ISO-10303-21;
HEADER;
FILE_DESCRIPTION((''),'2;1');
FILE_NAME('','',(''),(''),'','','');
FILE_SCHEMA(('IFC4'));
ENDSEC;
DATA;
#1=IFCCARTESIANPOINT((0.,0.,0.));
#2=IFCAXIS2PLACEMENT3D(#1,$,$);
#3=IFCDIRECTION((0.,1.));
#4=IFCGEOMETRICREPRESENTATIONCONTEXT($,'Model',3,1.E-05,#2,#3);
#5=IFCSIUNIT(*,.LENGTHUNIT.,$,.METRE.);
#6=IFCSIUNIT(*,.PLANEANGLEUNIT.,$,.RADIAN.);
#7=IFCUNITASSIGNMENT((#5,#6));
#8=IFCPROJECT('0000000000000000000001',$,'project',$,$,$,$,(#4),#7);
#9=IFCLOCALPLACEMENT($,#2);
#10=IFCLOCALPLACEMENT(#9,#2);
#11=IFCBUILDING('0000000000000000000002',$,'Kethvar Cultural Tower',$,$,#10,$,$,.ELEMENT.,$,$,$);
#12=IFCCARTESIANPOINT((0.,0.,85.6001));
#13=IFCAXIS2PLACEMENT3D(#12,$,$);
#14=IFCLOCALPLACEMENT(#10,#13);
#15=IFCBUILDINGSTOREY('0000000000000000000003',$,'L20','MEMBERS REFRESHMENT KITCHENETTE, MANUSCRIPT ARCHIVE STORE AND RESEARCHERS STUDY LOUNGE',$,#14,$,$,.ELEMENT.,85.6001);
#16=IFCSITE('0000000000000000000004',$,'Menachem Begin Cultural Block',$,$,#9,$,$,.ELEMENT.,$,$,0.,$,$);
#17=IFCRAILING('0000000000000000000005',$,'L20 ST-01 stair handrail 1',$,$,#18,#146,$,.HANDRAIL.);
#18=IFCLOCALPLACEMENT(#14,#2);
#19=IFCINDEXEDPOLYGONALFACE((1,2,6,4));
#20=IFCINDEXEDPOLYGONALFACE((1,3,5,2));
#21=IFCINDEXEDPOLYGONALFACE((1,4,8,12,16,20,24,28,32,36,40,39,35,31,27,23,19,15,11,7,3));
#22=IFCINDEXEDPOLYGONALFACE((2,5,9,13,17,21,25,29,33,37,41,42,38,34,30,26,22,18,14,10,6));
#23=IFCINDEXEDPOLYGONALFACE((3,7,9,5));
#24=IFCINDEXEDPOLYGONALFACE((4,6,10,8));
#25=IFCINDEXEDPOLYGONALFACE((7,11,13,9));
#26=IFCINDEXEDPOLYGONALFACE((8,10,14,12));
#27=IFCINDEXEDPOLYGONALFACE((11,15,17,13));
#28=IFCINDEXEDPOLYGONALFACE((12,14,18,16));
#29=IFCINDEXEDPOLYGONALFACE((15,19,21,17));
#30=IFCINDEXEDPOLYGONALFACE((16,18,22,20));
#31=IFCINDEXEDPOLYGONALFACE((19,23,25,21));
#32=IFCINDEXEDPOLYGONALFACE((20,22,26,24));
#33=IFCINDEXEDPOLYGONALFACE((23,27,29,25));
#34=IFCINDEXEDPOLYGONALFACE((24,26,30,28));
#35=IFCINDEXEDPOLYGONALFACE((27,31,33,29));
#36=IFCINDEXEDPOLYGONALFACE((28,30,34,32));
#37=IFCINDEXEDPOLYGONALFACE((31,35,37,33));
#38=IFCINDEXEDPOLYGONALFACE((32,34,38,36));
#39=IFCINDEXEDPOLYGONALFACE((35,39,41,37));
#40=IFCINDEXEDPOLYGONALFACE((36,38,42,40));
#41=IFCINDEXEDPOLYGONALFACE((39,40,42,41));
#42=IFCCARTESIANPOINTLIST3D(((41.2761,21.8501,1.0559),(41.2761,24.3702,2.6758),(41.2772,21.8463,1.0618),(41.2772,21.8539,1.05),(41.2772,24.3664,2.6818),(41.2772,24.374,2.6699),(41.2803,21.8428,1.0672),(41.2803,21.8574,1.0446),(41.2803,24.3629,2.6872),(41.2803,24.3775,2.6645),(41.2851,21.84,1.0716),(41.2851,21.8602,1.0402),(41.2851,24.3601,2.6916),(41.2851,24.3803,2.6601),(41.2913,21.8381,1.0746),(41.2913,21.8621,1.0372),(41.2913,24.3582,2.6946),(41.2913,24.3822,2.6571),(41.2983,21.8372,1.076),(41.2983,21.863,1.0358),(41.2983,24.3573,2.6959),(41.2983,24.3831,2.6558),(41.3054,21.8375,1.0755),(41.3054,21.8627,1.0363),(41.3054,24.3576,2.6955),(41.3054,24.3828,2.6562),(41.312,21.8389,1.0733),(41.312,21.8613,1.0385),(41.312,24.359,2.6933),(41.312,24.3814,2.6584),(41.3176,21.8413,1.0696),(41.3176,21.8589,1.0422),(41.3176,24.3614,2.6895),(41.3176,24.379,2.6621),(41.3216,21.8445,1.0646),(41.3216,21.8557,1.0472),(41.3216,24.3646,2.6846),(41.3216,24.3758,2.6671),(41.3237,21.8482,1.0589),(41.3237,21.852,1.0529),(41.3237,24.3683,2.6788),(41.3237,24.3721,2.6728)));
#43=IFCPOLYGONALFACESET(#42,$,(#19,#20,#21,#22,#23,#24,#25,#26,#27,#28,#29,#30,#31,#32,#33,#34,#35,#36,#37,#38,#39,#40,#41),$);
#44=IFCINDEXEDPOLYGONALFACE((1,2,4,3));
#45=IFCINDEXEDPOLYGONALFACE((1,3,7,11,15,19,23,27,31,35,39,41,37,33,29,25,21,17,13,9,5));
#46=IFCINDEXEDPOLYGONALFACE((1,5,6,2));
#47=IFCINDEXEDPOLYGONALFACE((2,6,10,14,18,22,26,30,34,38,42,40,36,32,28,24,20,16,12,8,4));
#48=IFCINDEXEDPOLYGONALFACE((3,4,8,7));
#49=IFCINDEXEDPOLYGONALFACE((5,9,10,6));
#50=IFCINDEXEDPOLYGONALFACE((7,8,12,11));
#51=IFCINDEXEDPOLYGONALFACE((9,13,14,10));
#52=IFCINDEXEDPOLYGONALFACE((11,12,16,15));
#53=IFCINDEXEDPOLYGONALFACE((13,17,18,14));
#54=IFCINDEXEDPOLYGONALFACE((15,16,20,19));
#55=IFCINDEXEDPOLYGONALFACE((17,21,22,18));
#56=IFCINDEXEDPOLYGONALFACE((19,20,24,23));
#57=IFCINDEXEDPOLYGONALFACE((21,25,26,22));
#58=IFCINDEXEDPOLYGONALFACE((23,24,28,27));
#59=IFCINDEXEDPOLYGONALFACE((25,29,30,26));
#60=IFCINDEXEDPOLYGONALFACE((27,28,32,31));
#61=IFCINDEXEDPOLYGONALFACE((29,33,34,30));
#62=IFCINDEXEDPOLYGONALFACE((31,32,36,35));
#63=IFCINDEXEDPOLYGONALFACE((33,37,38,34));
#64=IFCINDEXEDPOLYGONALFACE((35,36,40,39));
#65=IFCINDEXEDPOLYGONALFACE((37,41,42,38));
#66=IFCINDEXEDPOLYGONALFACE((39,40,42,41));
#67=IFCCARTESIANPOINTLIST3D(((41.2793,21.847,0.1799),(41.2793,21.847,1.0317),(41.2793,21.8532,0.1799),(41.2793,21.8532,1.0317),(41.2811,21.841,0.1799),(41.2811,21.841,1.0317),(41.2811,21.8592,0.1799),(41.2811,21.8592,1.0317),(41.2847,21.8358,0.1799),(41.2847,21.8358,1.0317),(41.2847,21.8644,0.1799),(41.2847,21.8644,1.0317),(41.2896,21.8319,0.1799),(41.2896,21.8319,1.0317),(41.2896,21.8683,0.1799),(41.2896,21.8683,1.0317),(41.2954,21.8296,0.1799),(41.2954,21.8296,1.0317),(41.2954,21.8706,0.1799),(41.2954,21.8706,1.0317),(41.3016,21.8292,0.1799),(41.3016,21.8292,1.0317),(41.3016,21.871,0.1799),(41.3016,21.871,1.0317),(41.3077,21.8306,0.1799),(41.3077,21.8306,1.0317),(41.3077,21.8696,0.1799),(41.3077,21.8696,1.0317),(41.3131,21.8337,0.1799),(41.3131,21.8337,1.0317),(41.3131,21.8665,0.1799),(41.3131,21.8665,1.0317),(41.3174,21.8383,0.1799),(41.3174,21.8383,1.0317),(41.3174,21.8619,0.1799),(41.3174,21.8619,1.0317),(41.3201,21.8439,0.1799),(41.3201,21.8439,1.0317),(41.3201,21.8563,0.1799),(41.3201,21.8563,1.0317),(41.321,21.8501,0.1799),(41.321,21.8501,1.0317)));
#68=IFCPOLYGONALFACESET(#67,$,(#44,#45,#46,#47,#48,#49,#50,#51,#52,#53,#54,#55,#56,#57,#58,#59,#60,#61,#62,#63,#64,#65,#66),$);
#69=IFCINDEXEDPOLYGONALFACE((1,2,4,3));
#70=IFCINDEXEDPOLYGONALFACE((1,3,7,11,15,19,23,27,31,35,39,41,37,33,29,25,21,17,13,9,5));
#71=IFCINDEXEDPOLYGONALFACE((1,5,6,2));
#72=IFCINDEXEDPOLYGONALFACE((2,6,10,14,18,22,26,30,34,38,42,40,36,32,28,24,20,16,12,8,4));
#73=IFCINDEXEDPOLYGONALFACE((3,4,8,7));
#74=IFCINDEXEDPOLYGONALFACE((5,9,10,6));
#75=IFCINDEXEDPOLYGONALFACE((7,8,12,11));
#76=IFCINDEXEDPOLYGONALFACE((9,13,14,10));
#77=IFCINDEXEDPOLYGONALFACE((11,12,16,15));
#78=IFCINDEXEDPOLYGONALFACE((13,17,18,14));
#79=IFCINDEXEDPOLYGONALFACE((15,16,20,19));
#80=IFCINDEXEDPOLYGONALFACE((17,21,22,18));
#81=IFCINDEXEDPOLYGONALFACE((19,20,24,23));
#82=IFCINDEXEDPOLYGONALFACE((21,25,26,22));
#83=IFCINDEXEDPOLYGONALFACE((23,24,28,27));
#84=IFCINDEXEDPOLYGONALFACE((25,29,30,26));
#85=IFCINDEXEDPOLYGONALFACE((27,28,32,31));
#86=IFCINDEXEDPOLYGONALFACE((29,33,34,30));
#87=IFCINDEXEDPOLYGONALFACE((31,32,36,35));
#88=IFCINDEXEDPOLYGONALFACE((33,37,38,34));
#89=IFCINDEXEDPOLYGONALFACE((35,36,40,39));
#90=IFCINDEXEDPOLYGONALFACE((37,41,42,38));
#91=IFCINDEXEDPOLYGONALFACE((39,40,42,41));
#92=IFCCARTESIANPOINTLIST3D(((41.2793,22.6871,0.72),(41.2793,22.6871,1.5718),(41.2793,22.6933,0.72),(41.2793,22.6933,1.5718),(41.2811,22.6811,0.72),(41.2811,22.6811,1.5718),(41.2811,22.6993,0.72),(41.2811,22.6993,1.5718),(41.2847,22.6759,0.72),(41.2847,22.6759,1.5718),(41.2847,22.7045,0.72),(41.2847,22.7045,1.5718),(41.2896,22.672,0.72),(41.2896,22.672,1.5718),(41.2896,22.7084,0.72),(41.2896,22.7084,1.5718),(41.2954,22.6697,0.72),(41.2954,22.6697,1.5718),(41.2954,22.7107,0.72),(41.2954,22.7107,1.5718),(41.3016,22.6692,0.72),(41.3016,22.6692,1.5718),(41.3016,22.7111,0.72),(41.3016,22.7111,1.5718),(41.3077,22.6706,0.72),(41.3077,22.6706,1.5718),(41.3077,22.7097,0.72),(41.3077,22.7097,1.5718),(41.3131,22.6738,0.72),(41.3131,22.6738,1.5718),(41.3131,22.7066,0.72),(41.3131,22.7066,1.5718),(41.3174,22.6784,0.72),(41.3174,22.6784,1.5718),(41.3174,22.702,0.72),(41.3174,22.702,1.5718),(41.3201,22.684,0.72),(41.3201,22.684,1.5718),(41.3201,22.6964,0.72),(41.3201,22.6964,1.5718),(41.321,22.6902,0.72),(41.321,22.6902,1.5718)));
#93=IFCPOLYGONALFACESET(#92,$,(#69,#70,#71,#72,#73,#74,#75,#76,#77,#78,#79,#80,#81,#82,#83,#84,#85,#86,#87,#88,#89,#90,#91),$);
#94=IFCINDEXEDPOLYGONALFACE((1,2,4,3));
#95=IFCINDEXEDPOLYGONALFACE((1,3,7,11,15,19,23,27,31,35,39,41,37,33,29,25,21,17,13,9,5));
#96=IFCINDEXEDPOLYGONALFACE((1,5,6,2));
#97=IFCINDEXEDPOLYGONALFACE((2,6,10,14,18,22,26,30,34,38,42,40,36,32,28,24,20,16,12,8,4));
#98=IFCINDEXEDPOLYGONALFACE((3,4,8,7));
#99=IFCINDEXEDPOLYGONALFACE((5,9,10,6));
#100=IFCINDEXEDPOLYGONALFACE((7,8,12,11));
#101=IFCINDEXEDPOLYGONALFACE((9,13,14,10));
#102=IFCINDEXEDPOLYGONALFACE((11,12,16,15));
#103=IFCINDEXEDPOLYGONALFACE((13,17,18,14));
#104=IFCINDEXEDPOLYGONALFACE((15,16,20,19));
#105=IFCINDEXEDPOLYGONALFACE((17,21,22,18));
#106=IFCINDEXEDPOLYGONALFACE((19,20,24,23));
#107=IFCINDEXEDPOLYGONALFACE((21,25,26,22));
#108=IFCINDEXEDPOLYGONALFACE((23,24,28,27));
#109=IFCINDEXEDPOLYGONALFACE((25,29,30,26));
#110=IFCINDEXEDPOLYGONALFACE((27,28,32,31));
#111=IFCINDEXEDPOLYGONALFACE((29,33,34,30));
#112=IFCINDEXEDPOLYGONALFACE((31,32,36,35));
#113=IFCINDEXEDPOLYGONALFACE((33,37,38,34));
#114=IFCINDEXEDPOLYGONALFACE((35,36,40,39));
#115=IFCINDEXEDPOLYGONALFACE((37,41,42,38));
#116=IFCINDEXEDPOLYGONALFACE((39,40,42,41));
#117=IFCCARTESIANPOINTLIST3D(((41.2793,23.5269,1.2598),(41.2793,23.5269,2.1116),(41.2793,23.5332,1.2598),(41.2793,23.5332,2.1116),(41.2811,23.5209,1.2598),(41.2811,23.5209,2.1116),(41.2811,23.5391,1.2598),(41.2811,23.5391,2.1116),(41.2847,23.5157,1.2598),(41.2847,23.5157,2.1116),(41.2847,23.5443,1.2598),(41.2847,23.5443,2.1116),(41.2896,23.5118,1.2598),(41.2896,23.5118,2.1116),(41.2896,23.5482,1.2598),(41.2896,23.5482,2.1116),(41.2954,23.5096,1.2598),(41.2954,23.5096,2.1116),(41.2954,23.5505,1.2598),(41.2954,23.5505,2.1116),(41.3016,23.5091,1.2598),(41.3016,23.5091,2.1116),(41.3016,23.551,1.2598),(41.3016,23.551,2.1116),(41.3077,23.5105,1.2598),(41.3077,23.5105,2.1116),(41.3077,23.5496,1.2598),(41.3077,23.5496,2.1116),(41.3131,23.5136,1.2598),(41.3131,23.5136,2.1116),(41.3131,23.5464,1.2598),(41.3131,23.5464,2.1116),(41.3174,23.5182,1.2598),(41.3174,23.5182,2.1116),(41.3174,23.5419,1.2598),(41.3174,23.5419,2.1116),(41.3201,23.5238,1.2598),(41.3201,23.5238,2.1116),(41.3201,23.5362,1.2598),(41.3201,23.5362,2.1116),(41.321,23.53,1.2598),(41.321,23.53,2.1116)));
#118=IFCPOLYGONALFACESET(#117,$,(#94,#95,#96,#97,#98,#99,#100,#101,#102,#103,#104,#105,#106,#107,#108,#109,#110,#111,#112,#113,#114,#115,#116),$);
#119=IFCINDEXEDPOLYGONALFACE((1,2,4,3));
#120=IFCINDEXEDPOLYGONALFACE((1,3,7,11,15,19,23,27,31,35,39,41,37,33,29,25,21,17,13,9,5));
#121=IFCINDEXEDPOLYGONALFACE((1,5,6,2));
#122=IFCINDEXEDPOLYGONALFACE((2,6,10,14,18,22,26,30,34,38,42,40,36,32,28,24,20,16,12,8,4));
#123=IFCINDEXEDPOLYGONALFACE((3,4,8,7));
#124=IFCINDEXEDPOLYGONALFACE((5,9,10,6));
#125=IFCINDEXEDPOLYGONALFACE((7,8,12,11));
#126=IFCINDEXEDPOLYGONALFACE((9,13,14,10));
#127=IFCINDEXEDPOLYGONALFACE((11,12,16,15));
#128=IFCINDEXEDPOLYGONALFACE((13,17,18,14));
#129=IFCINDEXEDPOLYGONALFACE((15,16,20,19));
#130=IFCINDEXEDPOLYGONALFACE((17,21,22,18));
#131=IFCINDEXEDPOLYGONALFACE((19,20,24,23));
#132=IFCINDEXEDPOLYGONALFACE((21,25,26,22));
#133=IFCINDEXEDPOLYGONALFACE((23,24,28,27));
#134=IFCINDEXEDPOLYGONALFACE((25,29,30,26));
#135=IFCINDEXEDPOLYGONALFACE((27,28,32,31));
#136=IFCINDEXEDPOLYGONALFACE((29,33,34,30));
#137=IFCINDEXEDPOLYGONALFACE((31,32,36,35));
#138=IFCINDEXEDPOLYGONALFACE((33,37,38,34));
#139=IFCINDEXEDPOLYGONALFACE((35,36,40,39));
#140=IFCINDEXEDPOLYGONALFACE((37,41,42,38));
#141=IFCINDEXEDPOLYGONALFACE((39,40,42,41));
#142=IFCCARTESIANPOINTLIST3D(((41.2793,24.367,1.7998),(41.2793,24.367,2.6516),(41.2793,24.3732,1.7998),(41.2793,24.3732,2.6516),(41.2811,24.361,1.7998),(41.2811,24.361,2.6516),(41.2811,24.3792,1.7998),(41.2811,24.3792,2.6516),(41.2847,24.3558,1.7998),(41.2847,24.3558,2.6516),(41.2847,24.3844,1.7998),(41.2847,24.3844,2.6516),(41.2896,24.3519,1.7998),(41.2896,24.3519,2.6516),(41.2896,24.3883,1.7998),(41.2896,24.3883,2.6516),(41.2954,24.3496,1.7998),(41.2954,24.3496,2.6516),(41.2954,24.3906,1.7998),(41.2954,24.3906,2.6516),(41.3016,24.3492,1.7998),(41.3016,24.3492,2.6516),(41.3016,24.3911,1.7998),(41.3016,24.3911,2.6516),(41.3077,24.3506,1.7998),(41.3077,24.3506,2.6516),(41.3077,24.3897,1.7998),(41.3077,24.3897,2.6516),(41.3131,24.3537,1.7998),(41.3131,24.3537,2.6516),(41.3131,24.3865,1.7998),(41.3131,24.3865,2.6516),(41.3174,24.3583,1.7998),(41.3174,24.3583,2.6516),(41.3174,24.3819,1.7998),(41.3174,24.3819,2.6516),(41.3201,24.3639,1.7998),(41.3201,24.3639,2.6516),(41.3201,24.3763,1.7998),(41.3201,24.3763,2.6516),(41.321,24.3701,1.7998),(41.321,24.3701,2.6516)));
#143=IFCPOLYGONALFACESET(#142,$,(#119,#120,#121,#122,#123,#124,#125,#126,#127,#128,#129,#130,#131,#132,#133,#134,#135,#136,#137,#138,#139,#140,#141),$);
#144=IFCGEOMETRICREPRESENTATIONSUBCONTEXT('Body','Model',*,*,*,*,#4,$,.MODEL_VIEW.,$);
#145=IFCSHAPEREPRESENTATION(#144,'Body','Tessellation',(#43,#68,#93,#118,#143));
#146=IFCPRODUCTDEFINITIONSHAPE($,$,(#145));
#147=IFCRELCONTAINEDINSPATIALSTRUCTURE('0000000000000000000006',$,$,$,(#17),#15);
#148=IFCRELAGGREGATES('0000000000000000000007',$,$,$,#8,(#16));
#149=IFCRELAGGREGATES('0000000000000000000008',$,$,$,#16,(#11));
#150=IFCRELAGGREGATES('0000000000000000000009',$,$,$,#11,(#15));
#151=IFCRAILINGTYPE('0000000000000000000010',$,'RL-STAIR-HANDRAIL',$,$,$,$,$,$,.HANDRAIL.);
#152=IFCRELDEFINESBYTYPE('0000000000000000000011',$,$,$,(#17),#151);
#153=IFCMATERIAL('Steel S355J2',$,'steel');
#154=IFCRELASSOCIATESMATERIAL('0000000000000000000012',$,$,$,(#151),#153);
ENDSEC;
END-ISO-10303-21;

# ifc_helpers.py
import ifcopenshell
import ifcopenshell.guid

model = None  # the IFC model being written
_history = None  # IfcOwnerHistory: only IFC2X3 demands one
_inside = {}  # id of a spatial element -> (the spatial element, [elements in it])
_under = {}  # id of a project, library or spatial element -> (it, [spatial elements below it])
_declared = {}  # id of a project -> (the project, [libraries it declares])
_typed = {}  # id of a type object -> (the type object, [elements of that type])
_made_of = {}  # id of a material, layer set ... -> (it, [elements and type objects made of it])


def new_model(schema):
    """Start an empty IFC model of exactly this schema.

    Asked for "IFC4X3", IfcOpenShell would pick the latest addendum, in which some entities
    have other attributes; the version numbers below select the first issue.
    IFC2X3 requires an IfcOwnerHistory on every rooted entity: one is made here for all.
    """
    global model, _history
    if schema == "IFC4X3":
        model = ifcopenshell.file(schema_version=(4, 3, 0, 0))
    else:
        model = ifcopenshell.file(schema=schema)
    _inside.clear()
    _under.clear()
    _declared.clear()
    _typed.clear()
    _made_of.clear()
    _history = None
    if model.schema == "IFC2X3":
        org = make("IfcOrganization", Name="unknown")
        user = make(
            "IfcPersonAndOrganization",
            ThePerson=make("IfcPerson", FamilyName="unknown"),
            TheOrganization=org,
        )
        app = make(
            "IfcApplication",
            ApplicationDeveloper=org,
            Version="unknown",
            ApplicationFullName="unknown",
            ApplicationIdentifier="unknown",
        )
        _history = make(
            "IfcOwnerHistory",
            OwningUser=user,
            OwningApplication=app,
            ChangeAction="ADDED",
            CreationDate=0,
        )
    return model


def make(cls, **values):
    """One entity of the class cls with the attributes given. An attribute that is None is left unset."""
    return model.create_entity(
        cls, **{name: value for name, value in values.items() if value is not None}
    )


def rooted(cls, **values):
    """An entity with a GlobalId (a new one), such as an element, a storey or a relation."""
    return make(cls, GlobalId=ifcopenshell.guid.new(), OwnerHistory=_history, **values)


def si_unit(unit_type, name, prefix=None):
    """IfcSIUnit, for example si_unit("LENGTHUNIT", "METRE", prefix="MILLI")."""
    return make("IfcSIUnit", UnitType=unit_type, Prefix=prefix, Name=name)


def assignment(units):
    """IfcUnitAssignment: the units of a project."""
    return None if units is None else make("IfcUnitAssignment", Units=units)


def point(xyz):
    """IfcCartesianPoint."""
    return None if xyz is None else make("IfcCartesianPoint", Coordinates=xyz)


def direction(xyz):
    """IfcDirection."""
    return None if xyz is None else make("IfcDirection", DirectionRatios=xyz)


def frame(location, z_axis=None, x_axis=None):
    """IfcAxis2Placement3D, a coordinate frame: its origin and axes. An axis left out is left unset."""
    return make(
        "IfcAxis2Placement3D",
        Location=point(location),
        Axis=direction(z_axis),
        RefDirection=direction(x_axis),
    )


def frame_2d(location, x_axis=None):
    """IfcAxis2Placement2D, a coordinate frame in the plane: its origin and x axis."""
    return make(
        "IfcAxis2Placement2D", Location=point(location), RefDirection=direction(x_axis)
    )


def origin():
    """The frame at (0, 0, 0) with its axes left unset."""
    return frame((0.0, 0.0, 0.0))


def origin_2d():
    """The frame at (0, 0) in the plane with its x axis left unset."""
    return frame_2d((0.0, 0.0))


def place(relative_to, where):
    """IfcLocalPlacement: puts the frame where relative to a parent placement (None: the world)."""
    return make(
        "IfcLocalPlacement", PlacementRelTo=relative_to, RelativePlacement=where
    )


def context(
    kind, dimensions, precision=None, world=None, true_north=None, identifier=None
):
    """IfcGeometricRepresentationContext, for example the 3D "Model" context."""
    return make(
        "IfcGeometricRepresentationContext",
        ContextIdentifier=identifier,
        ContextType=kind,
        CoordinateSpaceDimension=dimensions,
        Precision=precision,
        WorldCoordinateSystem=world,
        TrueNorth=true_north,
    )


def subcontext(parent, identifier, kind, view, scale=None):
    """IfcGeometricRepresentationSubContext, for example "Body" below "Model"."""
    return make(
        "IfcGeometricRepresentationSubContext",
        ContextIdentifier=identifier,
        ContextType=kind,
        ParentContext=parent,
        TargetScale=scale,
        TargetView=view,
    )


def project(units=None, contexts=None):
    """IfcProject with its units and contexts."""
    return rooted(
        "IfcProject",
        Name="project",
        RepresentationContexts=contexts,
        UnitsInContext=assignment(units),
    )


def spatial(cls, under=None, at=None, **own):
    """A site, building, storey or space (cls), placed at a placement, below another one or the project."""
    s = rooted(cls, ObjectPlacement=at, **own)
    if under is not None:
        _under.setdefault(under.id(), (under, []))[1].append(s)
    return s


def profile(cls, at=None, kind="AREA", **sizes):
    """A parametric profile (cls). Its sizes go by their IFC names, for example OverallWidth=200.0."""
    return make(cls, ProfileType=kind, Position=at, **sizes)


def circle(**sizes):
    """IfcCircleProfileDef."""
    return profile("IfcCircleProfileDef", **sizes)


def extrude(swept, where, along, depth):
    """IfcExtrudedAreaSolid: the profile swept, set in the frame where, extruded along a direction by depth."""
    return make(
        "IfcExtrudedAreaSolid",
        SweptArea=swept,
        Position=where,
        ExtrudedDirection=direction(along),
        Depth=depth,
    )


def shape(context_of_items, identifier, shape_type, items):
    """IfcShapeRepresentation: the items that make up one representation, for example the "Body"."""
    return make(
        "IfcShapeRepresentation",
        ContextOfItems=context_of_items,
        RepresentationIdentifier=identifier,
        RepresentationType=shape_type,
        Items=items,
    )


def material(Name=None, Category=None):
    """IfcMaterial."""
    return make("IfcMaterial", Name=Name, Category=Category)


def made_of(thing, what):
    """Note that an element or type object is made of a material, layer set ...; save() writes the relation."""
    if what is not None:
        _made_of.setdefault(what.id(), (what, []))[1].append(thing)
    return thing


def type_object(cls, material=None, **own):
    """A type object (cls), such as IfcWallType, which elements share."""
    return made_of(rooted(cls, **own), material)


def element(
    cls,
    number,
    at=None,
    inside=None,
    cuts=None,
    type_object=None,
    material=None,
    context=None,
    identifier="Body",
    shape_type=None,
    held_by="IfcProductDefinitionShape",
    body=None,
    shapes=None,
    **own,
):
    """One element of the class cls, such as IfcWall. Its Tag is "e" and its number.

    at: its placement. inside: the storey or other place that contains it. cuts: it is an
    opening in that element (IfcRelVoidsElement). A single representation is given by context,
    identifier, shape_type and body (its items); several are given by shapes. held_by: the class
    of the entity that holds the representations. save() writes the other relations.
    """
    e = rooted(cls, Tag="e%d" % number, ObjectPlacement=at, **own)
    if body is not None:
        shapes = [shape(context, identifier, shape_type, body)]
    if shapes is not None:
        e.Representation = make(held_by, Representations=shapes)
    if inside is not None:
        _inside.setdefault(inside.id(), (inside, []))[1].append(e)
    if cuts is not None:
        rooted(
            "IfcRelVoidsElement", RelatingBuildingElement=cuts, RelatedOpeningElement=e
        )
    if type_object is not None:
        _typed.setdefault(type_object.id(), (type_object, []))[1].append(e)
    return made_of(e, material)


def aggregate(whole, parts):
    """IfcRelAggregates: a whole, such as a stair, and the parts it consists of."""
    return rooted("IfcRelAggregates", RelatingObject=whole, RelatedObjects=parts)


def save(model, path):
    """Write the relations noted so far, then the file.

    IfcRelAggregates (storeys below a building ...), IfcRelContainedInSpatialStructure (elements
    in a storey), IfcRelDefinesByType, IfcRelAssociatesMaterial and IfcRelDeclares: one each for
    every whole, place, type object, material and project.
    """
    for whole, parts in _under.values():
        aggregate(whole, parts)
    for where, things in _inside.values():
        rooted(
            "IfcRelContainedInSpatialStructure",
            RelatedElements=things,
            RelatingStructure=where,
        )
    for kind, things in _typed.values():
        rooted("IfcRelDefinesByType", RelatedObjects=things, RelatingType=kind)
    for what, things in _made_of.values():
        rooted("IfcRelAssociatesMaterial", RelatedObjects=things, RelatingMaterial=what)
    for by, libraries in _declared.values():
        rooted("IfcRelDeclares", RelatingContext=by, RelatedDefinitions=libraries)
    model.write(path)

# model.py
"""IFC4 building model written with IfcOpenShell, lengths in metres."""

from ifc_helpers import new_model, si_unit, direction, frame, origin, origin_2d, place, context, subcontext, project, spatial, circle, extrude, material, type_object, element, save


model = new_model("IFC4")

# Units and contexts
model_context = context("Model", 3, precision=1e-05, world=origin(), true_north=direction((0.0, 1.0)))
body_context = subcontext(model_context, "Body", "Model", "MODEL_VIEW")
ifc_project = project(units=[si_unit("LENGTHUNIT", "METRE"), si_unit("PLANEANGLEUNIT", "RADIAN")], contexts=[model_context])

# Site, building, storey
site_placement = place(None, origin())
site = spatial("IfcSite", under=ifc_project, at=site_placement, Name="Menachem Begin Cultural Block", CompositionType="ELEMENT", RefElevation=0.0)
building_placement = place(site_placement, origin())
building = spatial("IfcBuilding", under=site, at=building_placement, Name="Kethvar Cultural Tower", CompositionType="ELEMENT")
storey_placement = place(building_placement, frame((0.0, 0.0, 85.6001)))
storey = spatial("IfcBuildingStorey", under=building, at=storey_placement, Name="L20", Description="MEMBERS REFRESHMENT KITCHENETTE, MANUSCRIPT ARCHIVE STORE AND RESEARCHERS STUDY LOUNGE", CompositionType="ELEMENT", Elevation=85.6001)

# Shared definitions
ifc_material_1 = material(Name="Steel S355J2", Category="steel")

# Railing
railing_type_1 = type_object("IfcRailingType", Name="RL-STAIR-HANDRAIL", PredefinedType="HANDRAIL", material=ifc_material_1)
railing_1_placement = place(storey_placement, frame((41.3, 21.8501, 0.1799)))
element("IfcRailing", 1, at=railing_1_placement, inside=storey, type_object=railing_type_1, Name="L20 ST-01 stair handrail 1", PredefinedType="HANDRAIL", context=body_context, shape_type="SweptSolid", body=[
    extrude(circle(Radius=0.0239, at=origin_2d()), frame((0.0, 0.0, 0.876), z_axis=(0.0, 0.8412, 0.540725), x_axis=(-1.0, 0.0, 0.0)), (0.0, 0.0, 1.0), 2.9958),
    extrude(circle(Radius=0.021, at=origin_2d()), origin(), (0.0, 0.0, 1.0), 0.8518),
    extrude(circle(Radius=0.021, at=origin_2d()), frame((0.0, 0.8401, 0.54)), (0.0, 0.0, 1.0), 0.8518),
    extrude(circle(Radius=0.021, at=origin_2d()), frame((0.0, 1.6799, 1.0798)), (0.0, 0.0, 1.0), 0.8518),
    extrude(circle(Radius=0.021, at=origin_2d()), frame((0.0, 2.52, 1.6199)), (0.0, 0.0, 1.0), 0.8518),
])

save(model, "model.ifc")
